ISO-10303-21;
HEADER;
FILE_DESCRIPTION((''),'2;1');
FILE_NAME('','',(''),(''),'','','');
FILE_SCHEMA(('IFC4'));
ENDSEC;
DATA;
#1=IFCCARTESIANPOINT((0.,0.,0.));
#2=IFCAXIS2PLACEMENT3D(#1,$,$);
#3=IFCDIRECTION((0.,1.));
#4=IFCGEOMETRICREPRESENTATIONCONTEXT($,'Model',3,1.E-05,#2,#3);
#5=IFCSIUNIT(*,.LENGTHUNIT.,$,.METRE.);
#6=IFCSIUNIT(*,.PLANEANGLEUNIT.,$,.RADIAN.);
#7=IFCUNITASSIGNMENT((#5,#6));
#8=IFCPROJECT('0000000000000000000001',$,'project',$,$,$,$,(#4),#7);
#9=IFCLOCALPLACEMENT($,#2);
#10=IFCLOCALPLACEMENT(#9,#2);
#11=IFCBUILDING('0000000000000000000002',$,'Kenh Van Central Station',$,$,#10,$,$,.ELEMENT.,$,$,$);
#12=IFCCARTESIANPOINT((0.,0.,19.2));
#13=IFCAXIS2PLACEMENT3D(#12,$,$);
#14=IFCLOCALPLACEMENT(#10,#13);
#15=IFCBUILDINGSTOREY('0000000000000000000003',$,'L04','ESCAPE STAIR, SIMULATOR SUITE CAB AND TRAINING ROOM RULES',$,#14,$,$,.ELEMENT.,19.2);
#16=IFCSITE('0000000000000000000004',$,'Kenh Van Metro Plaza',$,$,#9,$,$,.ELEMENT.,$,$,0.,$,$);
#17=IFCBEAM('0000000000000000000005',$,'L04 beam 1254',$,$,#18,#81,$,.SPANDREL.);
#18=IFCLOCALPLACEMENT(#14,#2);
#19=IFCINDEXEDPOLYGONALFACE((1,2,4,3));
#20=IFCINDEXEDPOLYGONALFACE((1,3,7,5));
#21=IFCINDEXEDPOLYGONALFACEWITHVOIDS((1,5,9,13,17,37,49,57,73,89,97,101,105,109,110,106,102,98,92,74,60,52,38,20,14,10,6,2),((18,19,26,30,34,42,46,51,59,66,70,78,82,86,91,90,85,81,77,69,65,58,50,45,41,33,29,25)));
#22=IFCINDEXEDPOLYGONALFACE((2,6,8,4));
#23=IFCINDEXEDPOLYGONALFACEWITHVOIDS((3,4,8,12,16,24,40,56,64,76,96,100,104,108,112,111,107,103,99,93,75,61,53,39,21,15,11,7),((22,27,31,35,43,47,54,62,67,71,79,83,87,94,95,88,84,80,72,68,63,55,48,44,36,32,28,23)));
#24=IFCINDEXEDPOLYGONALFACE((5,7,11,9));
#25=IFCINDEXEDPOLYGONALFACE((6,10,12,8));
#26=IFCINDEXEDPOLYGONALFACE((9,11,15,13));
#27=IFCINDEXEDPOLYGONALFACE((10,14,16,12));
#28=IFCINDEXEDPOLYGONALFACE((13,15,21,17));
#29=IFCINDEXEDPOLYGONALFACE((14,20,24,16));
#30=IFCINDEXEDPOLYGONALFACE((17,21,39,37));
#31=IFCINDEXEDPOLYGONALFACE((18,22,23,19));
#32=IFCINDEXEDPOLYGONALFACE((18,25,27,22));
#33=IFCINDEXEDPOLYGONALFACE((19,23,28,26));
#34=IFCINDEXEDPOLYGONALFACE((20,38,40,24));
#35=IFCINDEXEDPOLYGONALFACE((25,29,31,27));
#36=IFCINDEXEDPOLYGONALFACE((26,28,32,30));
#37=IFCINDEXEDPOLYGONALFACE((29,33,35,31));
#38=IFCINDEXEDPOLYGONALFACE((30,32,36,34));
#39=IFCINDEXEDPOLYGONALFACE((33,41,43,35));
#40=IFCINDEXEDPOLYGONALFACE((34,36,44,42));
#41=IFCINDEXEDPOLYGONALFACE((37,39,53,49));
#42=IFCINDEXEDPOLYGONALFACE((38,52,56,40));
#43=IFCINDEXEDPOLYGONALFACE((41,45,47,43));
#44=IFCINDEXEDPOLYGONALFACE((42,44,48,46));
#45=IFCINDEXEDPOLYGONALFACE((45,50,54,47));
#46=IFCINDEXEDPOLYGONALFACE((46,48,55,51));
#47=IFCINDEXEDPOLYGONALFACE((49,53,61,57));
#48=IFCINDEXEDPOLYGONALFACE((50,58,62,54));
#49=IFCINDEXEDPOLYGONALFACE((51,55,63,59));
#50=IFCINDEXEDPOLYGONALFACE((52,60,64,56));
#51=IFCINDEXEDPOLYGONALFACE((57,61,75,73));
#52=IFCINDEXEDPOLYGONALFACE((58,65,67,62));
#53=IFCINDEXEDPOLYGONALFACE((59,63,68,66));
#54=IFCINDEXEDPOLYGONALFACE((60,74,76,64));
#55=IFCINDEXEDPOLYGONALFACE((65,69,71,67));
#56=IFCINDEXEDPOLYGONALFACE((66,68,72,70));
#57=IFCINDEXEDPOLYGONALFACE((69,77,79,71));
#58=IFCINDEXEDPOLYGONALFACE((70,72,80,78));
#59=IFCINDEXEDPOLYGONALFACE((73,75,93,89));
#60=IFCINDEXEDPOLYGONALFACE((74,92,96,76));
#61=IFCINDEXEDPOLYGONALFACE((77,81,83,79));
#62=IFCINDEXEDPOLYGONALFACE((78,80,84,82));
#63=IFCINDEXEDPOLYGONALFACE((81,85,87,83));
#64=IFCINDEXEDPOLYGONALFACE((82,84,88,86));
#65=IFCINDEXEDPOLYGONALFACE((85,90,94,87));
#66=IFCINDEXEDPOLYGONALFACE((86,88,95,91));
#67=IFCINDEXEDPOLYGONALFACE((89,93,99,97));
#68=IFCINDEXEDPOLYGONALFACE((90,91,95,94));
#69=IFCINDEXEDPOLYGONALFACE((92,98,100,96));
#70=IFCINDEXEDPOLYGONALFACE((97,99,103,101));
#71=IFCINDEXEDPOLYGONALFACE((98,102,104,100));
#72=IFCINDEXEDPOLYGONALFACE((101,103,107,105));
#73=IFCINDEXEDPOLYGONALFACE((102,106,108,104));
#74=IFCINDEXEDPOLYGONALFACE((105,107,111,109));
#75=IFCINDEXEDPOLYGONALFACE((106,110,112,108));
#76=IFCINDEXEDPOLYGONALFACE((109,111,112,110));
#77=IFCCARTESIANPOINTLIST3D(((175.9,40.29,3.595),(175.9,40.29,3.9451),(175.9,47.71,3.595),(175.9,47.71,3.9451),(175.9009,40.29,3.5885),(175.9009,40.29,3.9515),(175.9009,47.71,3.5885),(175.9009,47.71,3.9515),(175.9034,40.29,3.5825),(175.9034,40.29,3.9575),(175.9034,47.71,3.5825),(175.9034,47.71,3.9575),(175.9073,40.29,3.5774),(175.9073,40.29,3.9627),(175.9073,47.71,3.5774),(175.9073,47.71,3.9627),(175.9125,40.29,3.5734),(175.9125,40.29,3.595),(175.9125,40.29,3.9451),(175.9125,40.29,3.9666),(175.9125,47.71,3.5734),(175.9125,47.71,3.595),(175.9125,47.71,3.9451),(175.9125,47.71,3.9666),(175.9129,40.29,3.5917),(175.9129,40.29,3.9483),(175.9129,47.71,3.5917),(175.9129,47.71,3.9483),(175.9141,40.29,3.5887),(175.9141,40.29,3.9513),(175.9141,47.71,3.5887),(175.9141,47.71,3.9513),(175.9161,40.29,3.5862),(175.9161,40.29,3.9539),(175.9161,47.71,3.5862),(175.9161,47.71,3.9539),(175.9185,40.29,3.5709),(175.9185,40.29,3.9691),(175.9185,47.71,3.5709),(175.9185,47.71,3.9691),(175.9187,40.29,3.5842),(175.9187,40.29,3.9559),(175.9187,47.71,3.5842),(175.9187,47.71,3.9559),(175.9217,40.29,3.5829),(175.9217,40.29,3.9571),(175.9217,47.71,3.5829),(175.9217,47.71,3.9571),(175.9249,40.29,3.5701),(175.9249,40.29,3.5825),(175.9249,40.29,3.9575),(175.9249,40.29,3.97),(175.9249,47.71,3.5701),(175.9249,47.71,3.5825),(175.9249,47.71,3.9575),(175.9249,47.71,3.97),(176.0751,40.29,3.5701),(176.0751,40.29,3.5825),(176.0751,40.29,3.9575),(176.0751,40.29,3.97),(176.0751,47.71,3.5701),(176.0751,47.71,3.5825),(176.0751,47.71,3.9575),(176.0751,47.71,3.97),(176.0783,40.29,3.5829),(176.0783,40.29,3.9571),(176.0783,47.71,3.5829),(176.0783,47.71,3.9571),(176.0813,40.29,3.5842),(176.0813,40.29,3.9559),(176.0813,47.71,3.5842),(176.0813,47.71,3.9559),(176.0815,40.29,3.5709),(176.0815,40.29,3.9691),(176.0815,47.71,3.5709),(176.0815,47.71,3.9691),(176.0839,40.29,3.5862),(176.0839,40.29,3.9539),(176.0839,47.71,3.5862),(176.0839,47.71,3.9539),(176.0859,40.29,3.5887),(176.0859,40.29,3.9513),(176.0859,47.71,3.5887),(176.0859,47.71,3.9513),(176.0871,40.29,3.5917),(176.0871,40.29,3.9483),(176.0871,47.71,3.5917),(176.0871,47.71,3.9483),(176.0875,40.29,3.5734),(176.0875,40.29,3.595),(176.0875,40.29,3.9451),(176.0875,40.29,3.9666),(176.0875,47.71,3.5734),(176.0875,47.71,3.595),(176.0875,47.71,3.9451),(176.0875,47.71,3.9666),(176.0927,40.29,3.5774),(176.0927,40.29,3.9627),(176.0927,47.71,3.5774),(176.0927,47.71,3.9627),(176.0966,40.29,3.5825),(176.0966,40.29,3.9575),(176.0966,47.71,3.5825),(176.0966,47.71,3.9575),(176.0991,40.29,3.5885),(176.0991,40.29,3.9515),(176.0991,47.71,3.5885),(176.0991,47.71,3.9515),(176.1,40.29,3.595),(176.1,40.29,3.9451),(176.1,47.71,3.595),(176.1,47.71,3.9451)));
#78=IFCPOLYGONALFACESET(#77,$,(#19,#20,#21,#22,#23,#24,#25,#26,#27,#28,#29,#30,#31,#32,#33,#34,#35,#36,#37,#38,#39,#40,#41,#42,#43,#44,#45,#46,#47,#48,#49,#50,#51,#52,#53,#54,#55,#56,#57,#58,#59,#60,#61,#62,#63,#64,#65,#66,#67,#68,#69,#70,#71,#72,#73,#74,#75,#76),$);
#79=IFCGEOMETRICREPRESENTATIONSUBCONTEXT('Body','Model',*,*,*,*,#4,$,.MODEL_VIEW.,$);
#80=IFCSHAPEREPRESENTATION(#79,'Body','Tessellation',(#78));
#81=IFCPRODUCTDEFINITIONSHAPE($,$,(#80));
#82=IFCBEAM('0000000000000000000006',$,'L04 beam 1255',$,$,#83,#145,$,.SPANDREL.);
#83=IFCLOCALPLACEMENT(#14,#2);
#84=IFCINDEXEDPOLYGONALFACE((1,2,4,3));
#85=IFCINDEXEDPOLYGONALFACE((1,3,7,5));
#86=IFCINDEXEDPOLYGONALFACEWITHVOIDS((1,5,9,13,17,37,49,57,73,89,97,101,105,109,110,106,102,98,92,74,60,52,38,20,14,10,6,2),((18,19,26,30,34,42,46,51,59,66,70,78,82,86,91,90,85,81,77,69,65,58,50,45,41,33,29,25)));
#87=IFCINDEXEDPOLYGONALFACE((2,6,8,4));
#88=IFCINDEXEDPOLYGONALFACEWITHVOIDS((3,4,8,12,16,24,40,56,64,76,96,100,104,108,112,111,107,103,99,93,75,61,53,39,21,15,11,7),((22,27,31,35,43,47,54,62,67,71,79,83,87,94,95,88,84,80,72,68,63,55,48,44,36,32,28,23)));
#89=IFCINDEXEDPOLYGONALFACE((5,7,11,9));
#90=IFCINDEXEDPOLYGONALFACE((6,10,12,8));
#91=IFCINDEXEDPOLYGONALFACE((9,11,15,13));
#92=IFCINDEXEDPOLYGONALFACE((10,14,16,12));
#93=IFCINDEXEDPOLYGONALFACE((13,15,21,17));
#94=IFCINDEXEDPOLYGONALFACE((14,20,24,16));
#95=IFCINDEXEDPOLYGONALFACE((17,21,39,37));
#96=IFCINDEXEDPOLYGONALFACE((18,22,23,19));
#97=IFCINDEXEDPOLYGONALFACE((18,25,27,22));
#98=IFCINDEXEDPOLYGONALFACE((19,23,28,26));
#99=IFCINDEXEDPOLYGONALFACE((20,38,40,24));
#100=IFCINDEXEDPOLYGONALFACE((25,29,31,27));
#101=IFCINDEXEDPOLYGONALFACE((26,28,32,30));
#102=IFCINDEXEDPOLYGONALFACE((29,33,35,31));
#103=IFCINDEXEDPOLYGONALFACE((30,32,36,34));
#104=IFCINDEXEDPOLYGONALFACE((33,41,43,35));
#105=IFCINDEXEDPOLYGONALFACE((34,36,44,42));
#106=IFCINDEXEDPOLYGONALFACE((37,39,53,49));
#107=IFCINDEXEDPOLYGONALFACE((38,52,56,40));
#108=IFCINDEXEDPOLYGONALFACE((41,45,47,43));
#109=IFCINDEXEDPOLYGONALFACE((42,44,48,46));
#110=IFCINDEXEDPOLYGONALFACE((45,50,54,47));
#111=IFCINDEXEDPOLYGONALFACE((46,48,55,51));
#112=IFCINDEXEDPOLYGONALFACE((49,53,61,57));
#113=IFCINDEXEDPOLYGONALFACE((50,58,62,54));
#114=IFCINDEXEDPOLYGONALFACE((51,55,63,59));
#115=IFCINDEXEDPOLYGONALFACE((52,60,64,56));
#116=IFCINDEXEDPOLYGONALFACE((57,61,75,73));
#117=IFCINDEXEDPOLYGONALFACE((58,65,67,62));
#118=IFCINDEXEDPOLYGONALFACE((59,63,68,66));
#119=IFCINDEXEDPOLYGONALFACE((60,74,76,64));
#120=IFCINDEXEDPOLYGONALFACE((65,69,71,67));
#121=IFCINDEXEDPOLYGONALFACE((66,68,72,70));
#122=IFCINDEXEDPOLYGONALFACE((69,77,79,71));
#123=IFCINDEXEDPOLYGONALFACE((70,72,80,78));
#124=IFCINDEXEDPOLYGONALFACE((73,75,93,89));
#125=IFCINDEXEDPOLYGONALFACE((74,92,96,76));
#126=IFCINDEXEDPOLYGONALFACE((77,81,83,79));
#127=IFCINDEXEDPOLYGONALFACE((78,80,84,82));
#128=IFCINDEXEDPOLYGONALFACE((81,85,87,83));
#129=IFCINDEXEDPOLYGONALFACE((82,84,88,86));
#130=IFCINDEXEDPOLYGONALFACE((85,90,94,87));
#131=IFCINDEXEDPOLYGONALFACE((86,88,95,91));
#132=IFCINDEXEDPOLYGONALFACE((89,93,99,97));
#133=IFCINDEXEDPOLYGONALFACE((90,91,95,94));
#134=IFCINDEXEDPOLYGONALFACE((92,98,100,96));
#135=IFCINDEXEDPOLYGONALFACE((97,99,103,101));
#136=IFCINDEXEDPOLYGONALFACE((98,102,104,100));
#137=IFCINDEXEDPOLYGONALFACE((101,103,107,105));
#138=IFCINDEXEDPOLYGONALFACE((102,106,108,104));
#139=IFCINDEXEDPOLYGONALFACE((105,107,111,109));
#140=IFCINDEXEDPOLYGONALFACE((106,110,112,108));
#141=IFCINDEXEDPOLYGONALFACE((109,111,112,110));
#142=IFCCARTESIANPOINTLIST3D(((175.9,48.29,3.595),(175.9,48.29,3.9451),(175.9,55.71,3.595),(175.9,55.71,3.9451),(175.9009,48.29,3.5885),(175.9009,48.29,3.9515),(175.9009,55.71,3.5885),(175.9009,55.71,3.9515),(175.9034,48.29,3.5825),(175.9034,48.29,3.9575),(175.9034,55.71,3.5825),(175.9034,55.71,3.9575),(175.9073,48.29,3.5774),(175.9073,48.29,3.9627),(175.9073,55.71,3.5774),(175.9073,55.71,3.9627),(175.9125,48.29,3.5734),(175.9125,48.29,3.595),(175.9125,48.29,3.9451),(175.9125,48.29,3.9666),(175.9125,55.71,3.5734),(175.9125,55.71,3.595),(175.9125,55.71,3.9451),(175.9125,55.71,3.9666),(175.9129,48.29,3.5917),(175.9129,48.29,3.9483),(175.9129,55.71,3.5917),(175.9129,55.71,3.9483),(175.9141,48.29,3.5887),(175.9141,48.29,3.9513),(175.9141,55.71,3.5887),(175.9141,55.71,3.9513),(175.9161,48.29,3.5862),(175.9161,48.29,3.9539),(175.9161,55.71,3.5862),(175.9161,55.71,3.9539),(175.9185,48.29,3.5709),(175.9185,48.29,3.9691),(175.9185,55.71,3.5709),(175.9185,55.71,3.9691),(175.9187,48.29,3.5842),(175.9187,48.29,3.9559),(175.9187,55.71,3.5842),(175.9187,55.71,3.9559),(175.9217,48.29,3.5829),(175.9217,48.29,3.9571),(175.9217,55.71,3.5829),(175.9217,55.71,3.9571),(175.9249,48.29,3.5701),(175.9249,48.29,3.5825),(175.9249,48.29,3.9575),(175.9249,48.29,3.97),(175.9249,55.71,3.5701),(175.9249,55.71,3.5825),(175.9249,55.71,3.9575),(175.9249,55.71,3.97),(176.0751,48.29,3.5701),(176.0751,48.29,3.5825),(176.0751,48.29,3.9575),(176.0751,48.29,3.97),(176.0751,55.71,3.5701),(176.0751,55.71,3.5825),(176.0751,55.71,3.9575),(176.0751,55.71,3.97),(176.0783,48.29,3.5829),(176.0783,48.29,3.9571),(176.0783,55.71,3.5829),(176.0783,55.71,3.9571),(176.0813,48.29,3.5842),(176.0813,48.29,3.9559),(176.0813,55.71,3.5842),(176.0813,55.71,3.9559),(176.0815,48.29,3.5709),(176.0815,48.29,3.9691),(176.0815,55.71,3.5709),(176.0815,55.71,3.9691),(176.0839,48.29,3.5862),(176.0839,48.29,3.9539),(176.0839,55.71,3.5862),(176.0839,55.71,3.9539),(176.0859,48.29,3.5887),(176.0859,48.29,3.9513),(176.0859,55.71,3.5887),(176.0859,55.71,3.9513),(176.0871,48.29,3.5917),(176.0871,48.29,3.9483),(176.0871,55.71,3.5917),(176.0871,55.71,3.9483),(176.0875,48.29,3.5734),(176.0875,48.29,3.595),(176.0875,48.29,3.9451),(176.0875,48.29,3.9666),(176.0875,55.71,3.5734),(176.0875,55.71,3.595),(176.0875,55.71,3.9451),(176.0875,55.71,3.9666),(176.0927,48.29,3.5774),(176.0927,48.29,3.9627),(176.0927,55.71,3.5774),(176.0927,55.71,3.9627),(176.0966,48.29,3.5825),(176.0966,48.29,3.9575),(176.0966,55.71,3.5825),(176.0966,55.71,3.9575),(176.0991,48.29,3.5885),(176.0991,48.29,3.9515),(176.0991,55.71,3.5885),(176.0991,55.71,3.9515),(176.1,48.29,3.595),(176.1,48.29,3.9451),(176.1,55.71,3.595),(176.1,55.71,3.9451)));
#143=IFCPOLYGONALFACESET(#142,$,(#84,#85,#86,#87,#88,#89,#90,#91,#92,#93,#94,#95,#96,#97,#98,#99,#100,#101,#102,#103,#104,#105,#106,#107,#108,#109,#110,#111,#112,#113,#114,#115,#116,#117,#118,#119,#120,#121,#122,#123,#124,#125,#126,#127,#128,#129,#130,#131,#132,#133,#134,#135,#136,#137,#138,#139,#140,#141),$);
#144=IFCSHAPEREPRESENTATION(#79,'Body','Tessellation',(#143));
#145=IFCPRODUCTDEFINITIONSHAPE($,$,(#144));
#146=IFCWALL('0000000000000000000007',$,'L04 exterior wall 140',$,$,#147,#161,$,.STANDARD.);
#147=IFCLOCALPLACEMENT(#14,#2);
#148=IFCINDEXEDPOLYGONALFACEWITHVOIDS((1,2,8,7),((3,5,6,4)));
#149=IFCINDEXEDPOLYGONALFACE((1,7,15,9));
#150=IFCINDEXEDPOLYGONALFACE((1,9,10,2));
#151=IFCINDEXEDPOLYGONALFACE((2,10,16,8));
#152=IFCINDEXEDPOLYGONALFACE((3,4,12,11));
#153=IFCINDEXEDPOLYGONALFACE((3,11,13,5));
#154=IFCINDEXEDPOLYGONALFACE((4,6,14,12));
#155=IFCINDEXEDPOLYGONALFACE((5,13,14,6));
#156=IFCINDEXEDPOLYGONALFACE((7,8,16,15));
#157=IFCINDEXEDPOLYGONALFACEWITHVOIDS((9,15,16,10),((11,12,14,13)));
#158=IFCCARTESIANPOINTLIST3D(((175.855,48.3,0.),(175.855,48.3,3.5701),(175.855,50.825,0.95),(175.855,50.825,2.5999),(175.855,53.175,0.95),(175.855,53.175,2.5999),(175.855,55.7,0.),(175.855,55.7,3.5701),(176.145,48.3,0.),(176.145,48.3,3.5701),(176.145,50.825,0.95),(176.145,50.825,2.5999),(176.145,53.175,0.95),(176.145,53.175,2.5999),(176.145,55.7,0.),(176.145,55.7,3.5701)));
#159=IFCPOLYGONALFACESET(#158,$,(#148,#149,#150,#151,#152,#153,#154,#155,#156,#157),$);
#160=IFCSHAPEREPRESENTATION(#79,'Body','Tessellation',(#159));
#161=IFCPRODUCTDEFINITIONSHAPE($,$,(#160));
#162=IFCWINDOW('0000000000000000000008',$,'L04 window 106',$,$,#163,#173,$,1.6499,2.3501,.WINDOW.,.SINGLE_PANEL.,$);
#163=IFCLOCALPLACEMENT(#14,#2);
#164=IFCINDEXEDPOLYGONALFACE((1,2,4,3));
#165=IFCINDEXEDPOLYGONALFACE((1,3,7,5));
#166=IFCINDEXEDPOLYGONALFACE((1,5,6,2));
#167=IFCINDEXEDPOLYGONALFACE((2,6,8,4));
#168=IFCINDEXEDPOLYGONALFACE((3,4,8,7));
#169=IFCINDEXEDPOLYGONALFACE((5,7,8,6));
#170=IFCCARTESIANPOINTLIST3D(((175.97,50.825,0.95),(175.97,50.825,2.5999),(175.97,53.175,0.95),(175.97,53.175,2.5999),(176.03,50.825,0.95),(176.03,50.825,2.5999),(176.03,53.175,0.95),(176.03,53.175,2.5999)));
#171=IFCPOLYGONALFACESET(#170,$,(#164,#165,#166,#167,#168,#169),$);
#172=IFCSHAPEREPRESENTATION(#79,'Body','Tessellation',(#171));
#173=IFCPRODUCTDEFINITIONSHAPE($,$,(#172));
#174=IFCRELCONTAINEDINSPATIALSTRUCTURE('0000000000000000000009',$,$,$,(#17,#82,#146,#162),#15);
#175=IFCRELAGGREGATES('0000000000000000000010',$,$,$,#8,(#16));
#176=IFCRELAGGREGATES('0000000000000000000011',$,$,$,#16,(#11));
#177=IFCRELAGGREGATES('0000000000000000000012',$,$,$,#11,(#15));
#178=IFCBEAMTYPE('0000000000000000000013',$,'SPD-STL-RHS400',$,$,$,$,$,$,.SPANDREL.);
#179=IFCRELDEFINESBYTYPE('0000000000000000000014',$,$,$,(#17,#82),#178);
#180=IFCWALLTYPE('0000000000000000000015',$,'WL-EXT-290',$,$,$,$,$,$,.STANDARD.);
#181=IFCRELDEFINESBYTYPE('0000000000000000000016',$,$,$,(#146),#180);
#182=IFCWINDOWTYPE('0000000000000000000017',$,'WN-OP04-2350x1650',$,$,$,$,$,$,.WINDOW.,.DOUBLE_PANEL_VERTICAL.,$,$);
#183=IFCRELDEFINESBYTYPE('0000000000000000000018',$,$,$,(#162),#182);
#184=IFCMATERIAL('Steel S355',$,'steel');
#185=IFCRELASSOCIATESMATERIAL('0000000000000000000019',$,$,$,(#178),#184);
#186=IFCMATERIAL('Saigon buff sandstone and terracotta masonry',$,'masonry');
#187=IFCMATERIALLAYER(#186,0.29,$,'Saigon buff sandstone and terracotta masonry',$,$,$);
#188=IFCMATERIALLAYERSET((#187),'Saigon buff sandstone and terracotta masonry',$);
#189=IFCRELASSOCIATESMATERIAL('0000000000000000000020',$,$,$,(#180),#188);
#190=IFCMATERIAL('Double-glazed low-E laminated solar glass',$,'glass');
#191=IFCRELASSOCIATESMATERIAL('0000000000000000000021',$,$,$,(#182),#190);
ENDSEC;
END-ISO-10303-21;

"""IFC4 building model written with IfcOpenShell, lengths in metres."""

from ifc_helpers import new_model, si_unit, direction, frame, frame_2d, origin, origin_2d, place, context, subcontext, project, spatial, rectangle, hollow_rectangle, extrude, material, layer, layer_set, material_profile, profile_set, type_object, element, fill, save


model = new_model("IFC4")

# Units and contexts
model_context = context("Model", 3, precision=1e-05, world=origin(), true_north=direction((0.0, 1.0)))
body_context = subcontext(model_context, "Body", "Model", "MODEL_VIEW")
ifc_project = project(units=[si_unit("LENGTHUNIT", "METRE"), si_unit("PLANEANGLEUNIT", "RADIAN")], contexts=[model_context])

# Site, building, storey
site_placement = place(None, origin())
site = spatial("IfcSite", under=ifc_project, at=site_placement, Name="Kenh Van Metro Plaza", CompositionType="ELEMENT", RefElevation=0.0)
building_placement = place(site_placement, origin())
building = spatial("IfcBuilding", under=site, at=building_placement, Name="Kenh Van Central Station", CompositionType="ELEMENT")
storey_placement = place(building_placement, frame((0.0, 0.0, 19.2)))
storey = spatial("IfcBuildingStorey", under=building, at=storey_placement, Name="L04", Description="ESCAPE STAIR, SIMULATOR SUITE CAB AND TRAINING ROOM RULES", CompositionType="ELEMENT", Elevation=19.2)

# Beams
ifc_material_1 = material(Name="Steel S355", Category="steel")
ifc_material_profile_1 = material_profile(ifc_material_1, hollow_rectangle(XDim=0.2, YDim=0.3999, WallThickness=0.0125, InnerFilletRadius=0.0125, OuterFilletRadius=0.0249, at=origin_2d()), Name="RHS 400x200x12.5")
ifc_profile_set_1 = profile_set([ifc_material_profile_1], Name="Steel S355")
beam_type_1 = type_object("IfcBeamType", Name="SPD-STL-RHS400", PredefinedType="SPANDREL", material=ifc_profile_set_1)
for number, where, z_axis, x_axis, name in (
    (1, (176.0, 40.29, 3.77), (0.0, 1.0, 0.0), (-1.0, 0.0, 0.0), "L04 beam 1254"),
    (2, (176.0, 48.29, 3.77), (0.0, 1.0, 0.0), (-1.0, 0.0, 0.0), "L04 beam 1255"),
):
    element("IfcBeam", number, at=place(storey_placement, frame(where, z_axis=z_axis, x_axis=x_axis)), inside=storey, type_object=beam_type_1, Name=name, PredefinedType="SPANDREL", context=body_context, shape_type="SweptSolid", body=[
        extrude(hollow_rectangle(XDim=0.2, YDim=0.3999, WallThickness=0.0125, InnerFilletRadius=0.0125, OuterFilletRadius=0.0249, at=origin_2d()), origin(), (0.0, 0.0, 1.0), 7.4199),
    ])

# Wall, opening, window
ifc_material_2 = material(Name="Saigon buff sandstone and terracotta masonry", Category="masonry")
ifc_layer_1 = layer(ifc_material_2, 0.29, Name="Saigon buff sandstone and terracotta masonry")
ifc_layer_set_1 = layer_set([ifc_layer_1], Name="Saigon buff sandstone and terracotta masonry")
wall_type_1 = type_object("IfcWallType", Name="WL-EXT-290", PredefinedType="STANDARD", material=ifc_layer_set_1)
wall_1_placement = place(storey_placement, frame((176.0, 48.3, 0.0), z_axis=(0.0, 0.0, 1.0), x_axis=(0.0, 1.0, 0.0)))
wall_1 = element("IfcWall", 3, at=wall_1_placement, inside=storey, type_object=wall_type_1, Name="L04 exterior wall 140", PredefinedType="STANDARD", context=body_context, shape_type="SweptSolid", body=[
    extrude(rectangle(XDim=7.3999, YDim=0.29, at=frame_2d((3.7, 0.0))), origin(), (0.0, 0.0, 1.0), 3.5701),
])
opening_1_placement = place(wall_1_placement, frame((2.5249, 0.0, 0.95)))
opening_1 = element("IfcOpeningElement", 4, at=opening_1_placement, cuts=wall_1, PredefinedType="OPENING", context=body_context, shape_type="SweptSolid", body=[
    extrude(rectangle(XDim=2.3501, YDim=1.6499, at=frame_2d((1.175, 0.825))), frame((0.0, 0.155, 0.0), z_axis=(0.0, -1.0, 0.0), x_axis=(1.0, 0.0, 0.0)), (0.0, 0.0, 1.0), 0.3101),
])
ifc_material_3 = material(Name="Double-glazed low-E laminated solar glass", Category="glass")
window_type_1 = type_object("IfcWindowType", Name="WN-OP04-2350x1650", PartitioningType="DOUBLE_PANEL_VERTICAL", PredefinedType="WINDOW", material=ifc_material_3)
window_1_placement = place(opening_1_placement, origin())
window_1 = element("IfcWindow", 5, at=window_1_placement, inside=storey, type_object=window_type_1, Name="L04 window 106", OverallHeight=1.6499, OverallWidth=2.3501, PartitioningType="SINGLE_PANEL", PredefinedType="WINDOW", context=body_context, shape_type="SweptSolid", body=[
    extrude(rectangle(XDim=2.3501, YDim=1.6499, at=frame_2d((1.175, 0.825))), frame((0.0, 0.03, 0.0), z_axis=(0.0, -1.0, 0.0), x_axis=(1.0, 0.0, 0.0)), (0.0, 0.0, 1.0), 0.0601),
])
fill(opening_1, window_1)

save(model, "model.ifc")
